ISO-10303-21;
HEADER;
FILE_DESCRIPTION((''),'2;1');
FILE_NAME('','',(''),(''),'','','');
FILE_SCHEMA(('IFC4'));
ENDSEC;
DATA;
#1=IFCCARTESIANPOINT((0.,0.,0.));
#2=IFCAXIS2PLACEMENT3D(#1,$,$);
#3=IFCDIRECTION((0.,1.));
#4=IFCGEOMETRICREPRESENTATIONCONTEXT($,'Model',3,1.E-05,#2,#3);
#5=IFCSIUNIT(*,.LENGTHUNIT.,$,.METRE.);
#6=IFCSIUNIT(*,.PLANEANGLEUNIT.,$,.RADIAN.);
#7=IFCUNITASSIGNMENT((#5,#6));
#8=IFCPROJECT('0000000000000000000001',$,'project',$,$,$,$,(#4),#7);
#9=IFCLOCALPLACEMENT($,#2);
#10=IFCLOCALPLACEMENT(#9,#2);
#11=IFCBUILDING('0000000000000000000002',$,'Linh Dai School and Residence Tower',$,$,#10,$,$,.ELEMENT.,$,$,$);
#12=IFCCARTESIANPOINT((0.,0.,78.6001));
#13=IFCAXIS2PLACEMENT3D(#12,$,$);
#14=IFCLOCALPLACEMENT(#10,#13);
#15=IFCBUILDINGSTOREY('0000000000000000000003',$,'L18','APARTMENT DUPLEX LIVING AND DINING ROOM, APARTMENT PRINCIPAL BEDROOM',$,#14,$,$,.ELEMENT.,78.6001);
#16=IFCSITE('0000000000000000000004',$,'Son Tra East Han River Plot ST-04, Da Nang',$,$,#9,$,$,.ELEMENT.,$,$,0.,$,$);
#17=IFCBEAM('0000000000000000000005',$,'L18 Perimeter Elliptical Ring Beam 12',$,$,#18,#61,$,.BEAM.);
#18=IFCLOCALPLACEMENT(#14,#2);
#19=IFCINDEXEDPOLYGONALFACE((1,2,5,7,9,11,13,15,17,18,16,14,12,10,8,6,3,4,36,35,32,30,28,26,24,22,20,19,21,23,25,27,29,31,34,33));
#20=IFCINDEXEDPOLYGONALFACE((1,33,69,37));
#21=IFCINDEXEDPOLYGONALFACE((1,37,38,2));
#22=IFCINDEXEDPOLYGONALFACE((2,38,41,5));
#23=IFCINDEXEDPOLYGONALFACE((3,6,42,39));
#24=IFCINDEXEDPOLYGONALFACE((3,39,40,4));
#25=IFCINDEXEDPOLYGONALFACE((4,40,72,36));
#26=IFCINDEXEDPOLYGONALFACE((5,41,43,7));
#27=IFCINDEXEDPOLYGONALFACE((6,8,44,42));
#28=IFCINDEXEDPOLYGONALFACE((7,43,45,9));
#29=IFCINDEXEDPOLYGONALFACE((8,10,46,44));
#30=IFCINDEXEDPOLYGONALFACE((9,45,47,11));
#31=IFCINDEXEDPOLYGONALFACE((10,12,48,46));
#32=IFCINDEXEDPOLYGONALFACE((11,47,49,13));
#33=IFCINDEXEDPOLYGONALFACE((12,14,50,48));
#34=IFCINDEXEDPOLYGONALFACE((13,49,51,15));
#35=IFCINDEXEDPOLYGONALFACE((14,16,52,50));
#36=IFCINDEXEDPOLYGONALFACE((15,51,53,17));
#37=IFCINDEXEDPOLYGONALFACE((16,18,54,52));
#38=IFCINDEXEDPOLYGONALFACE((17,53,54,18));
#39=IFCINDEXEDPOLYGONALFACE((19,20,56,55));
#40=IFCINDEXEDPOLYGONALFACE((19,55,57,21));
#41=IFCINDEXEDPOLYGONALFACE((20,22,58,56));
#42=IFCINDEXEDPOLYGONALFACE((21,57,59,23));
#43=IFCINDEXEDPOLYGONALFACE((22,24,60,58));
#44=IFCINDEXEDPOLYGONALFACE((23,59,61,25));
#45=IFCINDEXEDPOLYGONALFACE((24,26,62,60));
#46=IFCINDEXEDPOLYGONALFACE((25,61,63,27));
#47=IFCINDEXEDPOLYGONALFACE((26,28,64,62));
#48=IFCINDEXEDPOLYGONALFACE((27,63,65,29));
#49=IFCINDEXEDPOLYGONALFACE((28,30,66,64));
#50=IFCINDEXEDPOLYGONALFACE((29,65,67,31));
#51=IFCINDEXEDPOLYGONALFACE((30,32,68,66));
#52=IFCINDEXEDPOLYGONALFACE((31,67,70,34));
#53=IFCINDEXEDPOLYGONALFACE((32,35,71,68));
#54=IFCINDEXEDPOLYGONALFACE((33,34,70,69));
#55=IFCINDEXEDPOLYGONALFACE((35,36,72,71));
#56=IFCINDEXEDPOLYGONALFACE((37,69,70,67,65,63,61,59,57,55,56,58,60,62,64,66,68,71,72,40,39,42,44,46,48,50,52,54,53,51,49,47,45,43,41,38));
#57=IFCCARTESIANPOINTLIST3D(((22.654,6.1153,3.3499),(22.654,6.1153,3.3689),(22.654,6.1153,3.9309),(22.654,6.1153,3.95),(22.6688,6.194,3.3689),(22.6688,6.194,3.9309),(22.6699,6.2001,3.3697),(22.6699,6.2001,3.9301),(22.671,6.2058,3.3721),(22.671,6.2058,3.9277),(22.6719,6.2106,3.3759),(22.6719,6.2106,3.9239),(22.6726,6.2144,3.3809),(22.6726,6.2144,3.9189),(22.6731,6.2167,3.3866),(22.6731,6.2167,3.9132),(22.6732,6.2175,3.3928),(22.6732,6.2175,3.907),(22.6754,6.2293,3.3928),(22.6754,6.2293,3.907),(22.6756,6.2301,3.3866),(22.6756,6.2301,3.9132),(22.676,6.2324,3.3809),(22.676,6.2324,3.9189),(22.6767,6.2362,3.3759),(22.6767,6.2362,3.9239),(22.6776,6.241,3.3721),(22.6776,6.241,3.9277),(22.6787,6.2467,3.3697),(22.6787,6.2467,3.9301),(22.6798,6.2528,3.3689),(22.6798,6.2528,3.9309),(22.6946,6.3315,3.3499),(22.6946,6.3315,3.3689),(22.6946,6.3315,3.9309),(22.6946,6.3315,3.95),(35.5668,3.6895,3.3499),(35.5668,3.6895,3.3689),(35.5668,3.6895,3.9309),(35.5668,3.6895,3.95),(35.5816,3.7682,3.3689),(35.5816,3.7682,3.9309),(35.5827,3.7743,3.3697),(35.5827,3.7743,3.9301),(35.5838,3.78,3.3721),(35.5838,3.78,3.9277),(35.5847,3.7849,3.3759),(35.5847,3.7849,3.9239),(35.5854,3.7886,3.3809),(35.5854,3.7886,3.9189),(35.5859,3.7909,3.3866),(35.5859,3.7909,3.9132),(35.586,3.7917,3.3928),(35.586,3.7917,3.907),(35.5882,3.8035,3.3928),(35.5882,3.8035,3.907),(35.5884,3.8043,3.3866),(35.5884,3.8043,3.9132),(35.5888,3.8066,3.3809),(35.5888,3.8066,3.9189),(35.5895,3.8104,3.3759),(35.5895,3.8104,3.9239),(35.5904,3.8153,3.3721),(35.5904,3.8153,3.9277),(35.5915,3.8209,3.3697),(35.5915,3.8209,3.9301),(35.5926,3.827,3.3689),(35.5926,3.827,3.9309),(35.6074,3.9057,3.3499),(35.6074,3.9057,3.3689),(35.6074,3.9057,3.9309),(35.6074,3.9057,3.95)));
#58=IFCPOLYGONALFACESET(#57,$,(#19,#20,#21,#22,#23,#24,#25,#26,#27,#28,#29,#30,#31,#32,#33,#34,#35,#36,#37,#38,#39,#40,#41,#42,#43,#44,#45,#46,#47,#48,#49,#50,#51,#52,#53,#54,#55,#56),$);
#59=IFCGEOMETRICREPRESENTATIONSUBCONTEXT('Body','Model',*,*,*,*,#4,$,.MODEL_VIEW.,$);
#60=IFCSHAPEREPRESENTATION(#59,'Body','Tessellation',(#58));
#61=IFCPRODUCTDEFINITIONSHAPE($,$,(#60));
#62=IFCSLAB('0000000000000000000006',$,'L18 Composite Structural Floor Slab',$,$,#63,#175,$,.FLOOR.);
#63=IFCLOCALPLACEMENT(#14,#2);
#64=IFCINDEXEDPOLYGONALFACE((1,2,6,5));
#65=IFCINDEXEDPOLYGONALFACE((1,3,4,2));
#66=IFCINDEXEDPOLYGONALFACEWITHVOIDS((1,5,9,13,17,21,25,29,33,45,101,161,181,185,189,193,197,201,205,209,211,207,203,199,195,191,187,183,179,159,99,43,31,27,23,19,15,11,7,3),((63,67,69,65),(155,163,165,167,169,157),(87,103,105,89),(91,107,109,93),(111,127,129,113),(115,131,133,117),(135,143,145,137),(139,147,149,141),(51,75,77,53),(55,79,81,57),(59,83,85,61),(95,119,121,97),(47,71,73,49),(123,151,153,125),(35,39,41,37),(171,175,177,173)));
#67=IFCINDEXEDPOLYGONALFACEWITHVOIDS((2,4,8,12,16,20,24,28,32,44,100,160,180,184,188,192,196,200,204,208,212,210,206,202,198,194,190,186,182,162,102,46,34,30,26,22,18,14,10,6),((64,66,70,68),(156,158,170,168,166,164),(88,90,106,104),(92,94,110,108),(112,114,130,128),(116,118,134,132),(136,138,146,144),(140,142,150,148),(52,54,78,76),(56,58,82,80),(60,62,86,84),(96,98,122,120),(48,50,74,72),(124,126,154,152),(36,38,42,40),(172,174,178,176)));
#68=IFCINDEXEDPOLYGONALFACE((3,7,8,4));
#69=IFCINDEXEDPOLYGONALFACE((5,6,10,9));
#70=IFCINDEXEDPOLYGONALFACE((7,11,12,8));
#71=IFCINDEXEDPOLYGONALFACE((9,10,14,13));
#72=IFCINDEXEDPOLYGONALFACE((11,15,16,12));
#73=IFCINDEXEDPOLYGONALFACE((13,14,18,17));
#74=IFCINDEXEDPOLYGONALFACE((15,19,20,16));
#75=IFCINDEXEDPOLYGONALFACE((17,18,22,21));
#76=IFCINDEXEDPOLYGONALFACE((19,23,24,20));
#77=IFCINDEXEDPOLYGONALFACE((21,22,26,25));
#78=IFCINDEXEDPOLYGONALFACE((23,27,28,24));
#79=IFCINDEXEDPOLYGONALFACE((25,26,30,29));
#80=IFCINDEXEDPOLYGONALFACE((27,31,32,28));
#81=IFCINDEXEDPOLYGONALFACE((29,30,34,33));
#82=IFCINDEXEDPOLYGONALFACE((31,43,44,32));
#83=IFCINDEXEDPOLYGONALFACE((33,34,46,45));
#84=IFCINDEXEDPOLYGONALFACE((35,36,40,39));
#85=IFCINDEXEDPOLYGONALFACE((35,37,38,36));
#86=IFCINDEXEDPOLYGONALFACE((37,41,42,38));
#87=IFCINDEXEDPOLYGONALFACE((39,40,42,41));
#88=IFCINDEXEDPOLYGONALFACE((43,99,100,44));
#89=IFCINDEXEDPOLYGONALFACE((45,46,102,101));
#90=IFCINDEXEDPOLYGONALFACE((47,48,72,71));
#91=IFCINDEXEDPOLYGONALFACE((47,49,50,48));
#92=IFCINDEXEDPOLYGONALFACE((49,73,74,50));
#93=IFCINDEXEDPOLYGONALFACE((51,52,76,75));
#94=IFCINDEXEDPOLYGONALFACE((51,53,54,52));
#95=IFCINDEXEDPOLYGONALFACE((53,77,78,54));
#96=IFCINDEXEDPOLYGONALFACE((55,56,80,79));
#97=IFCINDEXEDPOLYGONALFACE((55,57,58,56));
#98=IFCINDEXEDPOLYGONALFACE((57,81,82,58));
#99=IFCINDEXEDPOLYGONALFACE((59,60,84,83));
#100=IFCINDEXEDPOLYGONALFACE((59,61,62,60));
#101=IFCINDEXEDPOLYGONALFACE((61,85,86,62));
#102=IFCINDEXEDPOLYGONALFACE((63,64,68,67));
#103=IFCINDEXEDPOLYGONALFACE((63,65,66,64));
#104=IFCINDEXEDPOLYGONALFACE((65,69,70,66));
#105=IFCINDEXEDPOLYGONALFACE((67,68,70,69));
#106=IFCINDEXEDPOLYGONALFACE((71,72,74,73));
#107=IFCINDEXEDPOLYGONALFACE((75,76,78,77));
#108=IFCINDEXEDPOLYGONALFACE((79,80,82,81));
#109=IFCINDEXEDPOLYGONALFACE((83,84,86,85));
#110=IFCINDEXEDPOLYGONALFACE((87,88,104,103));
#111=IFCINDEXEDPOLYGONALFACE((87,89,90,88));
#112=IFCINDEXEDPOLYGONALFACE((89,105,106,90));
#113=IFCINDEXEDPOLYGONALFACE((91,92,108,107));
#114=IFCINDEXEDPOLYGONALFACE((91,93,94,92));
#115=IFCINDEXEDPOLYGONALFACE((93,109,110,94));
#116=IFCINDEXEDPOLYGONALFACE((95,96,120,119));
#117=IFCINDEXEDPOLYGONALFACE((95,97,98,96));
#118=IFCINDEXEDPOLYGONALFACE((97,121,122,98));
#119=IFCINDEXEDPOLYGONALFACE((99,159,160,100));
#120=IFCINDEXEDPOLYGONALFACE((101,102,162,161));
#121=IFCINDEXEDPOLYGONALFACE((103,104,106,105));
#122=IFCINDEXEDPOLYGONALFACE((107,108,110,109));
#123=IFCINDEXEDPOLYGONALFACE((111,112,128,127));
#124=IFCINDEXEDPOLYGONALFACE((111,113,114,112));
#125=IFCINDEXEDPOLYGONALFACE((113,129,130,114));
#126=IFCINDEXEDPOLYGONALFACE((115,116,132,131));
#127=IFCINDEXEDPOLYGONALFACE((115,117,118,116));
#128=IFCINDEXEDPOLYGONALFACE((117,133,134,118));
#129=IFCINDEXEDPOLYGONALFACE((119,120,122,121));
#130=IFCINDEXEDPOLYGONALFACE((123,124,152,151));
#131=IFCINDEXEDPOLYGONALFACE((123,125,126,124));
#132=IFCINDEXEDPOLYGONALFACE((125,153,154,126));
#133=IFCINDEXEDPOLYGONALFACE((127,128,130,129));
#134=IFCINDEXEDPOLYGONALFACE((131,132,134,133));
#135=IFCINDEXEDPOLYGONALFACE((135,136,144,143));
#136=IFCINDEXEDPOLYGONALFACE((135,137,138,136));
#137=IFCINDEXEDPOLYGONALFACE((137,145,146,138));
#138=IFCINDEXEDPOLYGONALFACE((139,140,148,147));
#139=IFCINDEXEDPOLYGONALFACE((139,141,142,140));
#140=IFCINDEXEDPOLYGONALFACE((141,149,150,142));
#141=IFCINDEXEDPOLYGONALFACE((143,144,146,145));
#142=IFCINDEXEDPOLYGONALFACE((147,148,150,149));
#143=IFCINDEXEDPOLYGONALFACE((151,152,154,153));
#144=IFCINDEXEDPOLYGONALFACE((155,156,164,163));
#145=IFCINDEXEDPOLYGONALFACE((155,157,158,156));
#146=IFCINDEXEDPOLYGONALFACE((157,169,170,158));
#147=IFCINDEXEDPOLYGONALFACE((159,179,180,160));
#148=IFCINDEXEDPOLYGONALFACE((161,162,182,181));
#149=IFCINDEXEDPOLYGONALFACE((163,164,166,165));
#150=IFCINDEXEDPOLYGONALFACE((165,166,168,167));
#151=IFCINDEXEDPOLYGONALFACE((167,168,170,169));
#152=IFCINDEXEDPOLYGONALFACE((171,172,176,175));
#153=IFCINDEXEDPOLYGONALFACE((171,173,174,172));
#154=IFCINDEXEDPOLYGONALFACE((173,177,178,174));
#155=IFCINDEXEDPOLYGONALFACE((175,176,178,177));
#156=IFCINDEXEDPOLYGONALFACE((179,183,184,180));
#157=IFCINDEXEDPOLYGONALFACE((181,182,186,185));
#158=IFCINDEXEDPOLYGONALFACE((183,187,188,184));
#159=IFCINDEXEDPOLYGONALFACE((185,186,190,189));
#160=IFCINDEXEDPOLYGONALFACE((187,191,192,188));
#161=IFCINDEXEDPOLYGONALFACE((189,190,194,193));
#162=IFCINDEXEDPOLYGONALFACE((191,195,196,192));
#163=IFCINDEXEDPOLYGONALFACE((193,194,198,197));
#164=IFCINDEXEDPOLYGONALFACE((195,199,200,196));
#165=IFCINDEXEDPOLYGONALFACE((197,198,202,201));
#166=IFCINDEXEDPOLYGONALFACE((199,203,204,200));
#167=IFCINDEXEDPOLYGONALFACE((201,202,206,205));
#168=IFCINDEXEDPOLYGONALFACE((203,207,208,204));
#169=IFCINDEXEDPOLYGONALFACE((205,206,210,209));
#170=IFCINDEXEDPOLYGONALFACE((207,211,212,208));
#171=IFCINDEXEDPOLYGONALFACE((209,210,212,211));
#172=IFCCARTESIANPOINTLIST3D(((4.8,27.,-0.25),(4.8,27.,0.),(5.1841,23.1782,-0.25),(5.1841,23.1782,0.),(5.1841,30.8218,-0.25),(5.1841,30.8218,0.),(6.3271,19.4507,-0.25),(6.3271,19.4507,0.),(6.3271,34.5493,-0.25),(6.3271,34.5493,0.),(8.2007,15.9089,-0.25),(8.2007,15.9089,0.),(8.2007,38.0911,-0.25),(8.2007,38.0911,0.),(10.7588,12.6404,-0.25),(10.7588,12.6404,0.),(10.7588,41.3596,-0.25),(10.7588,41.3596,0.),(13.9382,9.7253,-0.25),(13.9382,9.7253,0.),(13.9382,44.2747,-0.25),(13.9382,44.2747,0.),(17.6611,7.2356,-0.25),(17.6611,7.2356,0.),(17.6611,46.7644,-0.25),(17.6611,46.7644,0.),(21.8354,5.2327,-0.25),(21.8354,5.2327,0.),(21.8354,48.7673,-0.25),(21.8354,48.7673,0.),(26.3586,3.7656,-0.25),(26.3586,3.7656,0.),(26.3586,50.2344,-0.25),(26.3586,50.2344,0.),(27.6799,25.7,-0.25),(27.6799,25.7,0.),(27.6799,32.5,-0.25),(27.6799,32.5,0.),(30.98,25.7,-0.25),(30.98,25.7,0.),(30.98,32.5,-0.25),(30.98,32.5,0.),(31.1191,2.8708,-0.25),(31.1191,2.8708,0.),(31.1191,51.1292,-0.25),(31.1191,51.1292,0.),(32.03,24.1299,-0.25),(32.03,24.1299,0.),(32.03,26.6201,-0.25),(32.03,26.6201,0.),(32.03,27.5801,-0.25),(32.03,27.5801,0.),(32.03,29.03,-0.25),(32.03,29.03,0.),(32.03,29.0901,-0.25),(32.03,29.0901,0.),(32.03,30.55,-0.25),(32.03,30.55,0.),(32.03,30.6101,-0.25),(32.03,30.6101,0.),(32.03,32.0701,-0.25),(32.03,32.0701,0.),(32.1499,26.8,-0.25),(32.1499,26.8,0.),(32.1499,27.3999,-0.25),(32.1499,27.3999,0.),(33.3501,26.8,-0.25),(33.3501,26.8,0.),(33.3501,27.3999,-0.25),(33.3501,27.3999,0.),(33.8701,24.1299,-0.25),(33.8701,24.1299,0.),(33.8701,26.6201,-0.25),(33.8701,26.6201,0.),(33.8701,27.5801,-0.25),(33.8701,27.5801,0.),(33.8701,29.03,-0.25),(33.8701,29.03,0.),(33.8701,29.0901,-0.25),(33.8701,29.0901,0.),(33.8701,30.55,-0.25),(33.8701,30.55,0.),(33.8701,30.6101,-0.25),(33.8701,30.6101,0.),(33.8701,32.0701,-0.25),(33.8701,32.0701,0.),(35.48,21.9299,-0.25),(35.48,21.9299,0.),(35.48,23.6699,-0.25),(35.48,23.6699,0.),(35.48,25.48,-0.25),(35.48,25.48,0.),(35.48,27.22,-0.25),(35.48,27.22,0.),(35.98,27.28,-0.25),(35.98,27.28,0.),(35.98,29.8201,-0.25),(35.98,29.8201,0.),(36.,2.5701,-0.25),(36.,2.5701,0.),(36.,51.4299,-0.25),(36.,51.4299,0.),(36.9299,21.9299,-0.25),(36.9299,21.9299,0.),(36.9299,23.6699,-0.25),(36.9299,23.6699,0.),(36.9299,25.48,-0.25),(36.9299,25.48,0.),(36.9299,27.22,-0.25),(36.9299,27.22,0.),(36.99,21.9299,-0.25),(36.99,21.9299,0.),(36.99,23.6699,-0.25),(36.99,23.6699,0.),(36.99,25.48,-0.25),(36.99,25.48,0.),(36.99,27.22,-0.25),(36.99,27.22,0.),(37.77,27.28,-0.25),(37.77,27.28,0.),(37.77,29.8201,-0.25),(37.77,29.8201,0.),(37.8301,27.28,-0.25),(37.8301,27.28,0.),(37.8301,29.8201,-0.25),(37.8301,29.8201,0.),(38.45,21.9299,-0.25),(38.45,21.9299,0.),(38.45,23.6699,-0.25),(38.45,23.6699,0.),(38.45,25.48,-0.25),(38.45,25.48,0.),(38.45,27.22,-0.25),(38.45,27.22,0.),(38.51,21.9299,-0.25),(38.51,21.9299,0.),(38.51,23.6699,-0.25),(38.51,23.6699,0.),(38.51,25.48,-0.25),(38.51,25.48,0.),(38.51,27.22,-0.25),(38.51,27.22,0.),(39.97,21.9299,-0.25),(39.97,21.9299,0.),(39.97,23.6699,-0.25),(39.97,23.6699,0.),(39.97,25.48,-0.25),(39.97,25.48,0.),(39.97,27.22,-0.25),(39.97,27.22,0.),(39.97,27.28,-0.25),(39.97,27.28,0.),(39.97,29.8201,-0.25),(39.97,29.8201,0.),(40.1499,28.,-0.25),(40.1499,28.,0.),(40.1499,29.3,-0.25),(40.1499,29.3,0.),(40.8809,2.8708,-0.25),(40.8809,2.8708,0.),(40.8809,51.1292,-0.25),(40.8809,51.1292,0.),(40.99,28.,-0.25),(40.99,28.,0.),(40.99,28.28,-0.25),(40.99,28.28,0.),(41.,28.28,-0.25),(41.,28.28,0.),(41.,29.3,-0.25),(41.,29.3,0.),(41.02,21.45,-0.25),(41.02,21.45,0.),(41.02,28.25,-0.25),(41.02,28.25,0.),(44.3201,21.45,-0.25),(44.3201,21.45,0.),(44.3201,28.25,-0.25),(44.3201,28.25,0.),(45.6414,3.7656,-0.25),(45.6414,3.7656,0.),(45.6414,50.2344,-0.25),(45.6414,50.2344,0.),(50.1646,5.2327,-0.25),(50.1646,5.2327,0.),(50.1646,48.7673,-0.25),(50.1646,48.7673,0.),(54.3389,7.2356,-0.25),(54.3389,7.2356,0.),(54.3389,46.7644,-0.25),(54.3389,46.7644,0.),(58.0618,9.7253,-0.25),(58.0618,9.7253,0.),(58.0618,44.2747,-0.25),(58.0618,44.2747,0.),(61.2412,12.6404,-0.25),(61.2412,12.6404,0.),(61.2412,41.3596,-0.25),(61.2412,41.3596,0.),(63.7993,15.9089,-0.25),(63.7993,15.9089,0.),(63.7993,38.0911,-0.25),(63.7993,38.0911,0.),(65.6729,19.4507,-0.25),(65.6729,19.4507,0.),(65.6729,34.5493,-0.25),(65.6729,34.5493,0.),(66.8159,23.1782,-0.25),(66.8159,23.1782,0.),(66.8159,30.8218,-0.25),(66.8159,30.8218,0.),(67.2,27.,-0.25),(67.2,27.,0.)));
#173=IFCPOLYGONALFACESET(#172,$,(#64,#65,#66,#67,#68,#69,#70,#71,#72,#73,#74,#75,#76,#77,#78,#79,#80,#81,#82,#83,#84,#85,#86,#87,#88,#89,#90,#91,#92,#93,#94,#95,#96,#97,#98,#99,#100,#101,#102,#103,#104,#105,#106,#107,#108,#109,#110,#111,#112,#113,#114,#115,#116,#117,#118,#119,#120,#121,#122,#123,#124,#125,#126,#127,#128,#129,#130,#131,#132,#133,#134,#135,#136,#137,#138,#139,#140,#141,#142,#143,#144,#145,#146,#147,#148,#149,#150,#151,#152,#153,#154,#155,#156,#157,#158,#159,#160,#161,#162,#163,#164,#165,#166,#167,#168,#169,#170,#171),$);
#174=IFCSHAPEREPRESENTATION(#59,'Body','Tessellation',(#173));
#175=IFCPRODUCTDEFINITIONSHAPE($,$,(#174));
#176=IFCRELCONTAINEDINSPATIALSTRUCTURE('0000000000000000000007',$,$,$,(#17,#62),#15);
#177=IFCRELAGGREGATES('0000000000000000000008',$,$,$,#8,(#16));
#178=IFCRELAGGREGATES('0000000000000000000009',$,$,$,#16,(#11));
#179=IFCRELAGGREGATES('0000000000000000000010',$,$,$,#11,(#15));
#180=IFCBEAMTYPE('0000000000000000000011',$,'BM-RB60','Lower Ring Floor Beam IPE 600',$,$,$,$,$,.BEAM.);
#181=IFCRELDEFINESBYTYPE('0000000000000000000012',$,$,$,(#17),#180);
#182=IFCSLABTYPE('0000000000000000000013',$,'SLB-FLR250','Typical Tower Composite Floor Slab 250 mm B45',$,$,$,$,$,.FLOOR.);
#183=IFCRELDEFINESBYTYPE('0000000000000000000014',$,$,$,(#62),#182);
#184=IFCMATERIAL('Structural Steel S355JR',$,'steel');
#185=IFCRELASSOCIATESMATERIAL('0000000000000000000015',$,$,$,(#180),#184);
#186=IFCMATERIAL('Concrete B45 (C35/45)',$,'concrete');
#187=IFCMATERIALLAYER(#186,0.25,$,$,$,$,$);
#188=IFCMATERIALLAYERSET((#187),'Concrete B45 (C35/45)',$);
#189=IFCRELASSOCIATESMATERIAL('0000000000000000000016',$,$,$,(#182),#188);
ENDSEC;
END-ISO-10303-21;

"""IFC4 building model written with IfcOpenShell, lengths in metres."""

from ifc_helpers import new_model, si_unit, direction, frame, origin, origin_2d, place, context, subcontext, project, spatial, polyline, i_section, outline, extrude, material, layer, layer_set, material_profile, profile_set, type_object, element, save


model = new_model("IFC4")

# Units and contexts
model_context = context("Model", 3, precision=1e-05, world=origin(), true_north=direction((0.0, 1.0)))
body_context = subcontext(model_context, "Body", "Model", "MODEL_VIEW")
ifc_project = project(units=[si_unit("LENGTHUNIT", "METRE"), si_unit("PLANEANGLEUNIT", "RADIAN")], contexts=[model_context])

# Site, building, storey
site_placement = place(None, origin())
site = spatial("IfcSite", under=ifc_project, at=site_placement, Name="Son Tra East Han River Plot ST-04, Da Nang", CompositionType="ELEMENT", RefElevation=0.0)
building_placement = place(site_placement, origin())
building = spatial("IfcBuilding", under=site, at=building_placement, Name="Linh Dai School and Residence Tower", CompositionType="ELEMENT")
storey_placement = place(building_placement, frame((0.0, 0.0, 78.6001)))
storey = spatial("IfcBuildingStorey", under=building, at=storey_placement, Name="L18", Description="APARTMENT DUPLEX LIVING AND DINING ROOM, APARTMENT PRINCIPAL BEDROOM", CompositionType="ELEMENT", Elevation=78.6001)

# Shared definitions
ifc_material_1 = material(Name="Structural Steel S355JR", Category="steel")

# Beam
ifc_material_profile_1 = material_profile(ifc_material_1, i_section(OverallWidth=0.22, OverallDepth=0.6001, WebThickness=0.012, FlangeThickness=0.019, FilletRadius=0.0239, at=origin_2d()), Name="IPE 600")
ifc_profile_set_1 = profile_set([ifc_material_profile_1], Name="Structural Steel S355JR")
beam_type = type_object("IfcBeamType", Name="BM-RB60", Description="Lower Ring Floor Beam IPE 600", PredefinedType="BEAM", material=ifc_profile_set_1)
beam_1_placement = place(storey_placement, frame((22.6743, 6.2234, 3.6499), z_axis=(0.982808, -0.184628, 0.0), x_axis=(0.184628, 0.982808, 0.0)))
element("IfcBeam", 1, at=beam_1_placement, inside=storey, type_object=beam_type, Name="L18 Perimeter Elliptical Ring Beam 12", PredefinedType="BEAM", context=body_context, shape_type="SweptSolid", body=[
    extrude(i_section(OverallWidth=0.22, OverallDepth=0.6001, WebThickness=0.012, FlangeThickness=0.019, FilletRadius=0.0239, at=origin_2d()), origin(), (0.0, 0.0, 1.0), 13.1387),
])

# Slab
ifc_material_2 = material(Name="Concrete B45 (C35/45)", Category="concrete")
ifc_layer_1 = layer(ifc_material_2, 0.25)
ifc_layer_set_1 = layer_set([ifc_layer_1], Name="Concrete B45 (C35/45)")
slab_type_1 = type_object("IfcSlabType", Name="SLB-FLR250", Description="Typical Tower Composite Floor Slab 250 mm B45", PredefinedType="FLOOR", material=ifc_layer_set_1)
slab_1_placement = place(storey_placement, frame((0.0, 0.0, -0.25)))
element("IfcSlab", 2, at=slab_1_placement, inside=storey, type_object=slab_type_1, Name="L18 Composite Structural Floor Slab", PredefinedType="FLOOR", context=body_context, shape_type="SweptSolid", body=[
    extrude(outline(polyline([(67.2, 27.0), (66.8159, 30.8218), (65.6729, 34.5493), (63.7993, 38.0911), (61.2412, 41.3596), (58.0618, 44.2747), (54.3389, 46.7644), (50.1646, 48.7673), (45.6414, 50.2344), (40.8809, 51.1292), (36.0, 51.4299), (31.1191, 51.1292), (26.3586, 50.2344), (21.8354, 48.7673), (17.6611, 46.7644), (13.9382, 44.2747), (10.7588, 41.3596), (8.2007, 38.0911), (6.3271, 34.5493), (5.1841, 30.8218), (4.8, 27.0), (5.1841, 23.1782), (6.3271, 19.4507), (8.2007, 15.9089), (10.7588, 12.6404), (13.9382, 9.7253), (17.6611, 7.2356), (21.8354, 5.2327), (26.3586, 3.7656), (31.1191, 2.8708), (36.0, 2.5701), (40.8809, 2.8708), (45.6414, 3.7656), (50.1646, 5.2327), (54.3389, 7.2356), (58.0618, 9.7253), (61.2412, 12.6404), (63.7993, 15.9089), (65.6729, 19.4507), (66.8159, 23.1782), (67.2, 27.0)]), holes=[polyline([(30.98, 25.7), (30.98, 32.5), (27.6799, 32.5), (27.6799, 25.7), (30.98, 25.7)]), polyline([(41.02, 28.25), (41.02, 21.45), (44.3201, 21.45), (44.3201, 28.25), (41.02, 28.25)]), polyline([(35.98, 27.28), (37.77, 27.28), (37.77, 29.8201), (35.98, 29.8201), (35.98, 27.28)]), polyline([(32.03, 24.1299), (33.8701, 24.1299), (33.8701, 26.6201), (32.03, 26.6201), (32.03, 24.1299)]), polyline([(37.8301, 27.28), (39.97, 27.28), (39.97, 29.8201), (37.8301, 29.8201), (37.8301, 27.28)]), polyline([(35.48, 21.9299), (36.9299, 21.9299), (36.9299, 23.6699), (35.48, 23.6699), (35.48, 21.9299)]), polyline([(36.99, 21.9299), (38.45, 21.9299), (38.45, 23.6699), (36.99, 23.6699), (36.99, 21.9299)]), polyline([(38.51, 21.9299), (39.97, 21.9299), (39.97, 23.6699), (38.51, 23.6699), (38.51, 21.9299)]), polyline([(32.03, 27.5801), (33.8701, 27.5801), (33.8701, 29.03), (32.03, 29.03), (32.03, 27.5801)]), polyline([(32.03, 29.0901), (33.8701, 29.0901), (33.8701, 30.55), (32.03, 30.55), (32.03, 29.0901)]), polyline([(32.03, 30.6101), (33.8701, 30.6101), (33.8701, 32.0701), (32.03, 32.0701), (32.03, 30.6101)]), polyline([(35.48, 25.48), (36.9299, 25.48), (36.9299, 27.22), (35.48, 27.22), (35.48, 25.48)]), polyline([(36.99, 25.48), (38.45, 25.48), (38.45, 27.22), (36.99, 27.22), (36.99, 25.48)]), polyline([(38.51, 25.48), (39.97, 25.48), (39.97, 27.22), (38.51, 27.22), (38.51, 25.48)]), polyline([(40.1499, 28.0), (40.1499, 29.3), (41.0, 29.3), (41.0, 28.28), (40.99, 28.28), (40.99, 28.0), (40.1499, 28.0)]), polyline([(32.1499, 26.8), (33.3501, 26.8), (33.3501, 27.3999), (32.1499, 27.3999), (32.1499, 26.8)])]), origin(), (0.0, 0.0, 1.0), 0.25),
])

save(model, "model.ifc")
